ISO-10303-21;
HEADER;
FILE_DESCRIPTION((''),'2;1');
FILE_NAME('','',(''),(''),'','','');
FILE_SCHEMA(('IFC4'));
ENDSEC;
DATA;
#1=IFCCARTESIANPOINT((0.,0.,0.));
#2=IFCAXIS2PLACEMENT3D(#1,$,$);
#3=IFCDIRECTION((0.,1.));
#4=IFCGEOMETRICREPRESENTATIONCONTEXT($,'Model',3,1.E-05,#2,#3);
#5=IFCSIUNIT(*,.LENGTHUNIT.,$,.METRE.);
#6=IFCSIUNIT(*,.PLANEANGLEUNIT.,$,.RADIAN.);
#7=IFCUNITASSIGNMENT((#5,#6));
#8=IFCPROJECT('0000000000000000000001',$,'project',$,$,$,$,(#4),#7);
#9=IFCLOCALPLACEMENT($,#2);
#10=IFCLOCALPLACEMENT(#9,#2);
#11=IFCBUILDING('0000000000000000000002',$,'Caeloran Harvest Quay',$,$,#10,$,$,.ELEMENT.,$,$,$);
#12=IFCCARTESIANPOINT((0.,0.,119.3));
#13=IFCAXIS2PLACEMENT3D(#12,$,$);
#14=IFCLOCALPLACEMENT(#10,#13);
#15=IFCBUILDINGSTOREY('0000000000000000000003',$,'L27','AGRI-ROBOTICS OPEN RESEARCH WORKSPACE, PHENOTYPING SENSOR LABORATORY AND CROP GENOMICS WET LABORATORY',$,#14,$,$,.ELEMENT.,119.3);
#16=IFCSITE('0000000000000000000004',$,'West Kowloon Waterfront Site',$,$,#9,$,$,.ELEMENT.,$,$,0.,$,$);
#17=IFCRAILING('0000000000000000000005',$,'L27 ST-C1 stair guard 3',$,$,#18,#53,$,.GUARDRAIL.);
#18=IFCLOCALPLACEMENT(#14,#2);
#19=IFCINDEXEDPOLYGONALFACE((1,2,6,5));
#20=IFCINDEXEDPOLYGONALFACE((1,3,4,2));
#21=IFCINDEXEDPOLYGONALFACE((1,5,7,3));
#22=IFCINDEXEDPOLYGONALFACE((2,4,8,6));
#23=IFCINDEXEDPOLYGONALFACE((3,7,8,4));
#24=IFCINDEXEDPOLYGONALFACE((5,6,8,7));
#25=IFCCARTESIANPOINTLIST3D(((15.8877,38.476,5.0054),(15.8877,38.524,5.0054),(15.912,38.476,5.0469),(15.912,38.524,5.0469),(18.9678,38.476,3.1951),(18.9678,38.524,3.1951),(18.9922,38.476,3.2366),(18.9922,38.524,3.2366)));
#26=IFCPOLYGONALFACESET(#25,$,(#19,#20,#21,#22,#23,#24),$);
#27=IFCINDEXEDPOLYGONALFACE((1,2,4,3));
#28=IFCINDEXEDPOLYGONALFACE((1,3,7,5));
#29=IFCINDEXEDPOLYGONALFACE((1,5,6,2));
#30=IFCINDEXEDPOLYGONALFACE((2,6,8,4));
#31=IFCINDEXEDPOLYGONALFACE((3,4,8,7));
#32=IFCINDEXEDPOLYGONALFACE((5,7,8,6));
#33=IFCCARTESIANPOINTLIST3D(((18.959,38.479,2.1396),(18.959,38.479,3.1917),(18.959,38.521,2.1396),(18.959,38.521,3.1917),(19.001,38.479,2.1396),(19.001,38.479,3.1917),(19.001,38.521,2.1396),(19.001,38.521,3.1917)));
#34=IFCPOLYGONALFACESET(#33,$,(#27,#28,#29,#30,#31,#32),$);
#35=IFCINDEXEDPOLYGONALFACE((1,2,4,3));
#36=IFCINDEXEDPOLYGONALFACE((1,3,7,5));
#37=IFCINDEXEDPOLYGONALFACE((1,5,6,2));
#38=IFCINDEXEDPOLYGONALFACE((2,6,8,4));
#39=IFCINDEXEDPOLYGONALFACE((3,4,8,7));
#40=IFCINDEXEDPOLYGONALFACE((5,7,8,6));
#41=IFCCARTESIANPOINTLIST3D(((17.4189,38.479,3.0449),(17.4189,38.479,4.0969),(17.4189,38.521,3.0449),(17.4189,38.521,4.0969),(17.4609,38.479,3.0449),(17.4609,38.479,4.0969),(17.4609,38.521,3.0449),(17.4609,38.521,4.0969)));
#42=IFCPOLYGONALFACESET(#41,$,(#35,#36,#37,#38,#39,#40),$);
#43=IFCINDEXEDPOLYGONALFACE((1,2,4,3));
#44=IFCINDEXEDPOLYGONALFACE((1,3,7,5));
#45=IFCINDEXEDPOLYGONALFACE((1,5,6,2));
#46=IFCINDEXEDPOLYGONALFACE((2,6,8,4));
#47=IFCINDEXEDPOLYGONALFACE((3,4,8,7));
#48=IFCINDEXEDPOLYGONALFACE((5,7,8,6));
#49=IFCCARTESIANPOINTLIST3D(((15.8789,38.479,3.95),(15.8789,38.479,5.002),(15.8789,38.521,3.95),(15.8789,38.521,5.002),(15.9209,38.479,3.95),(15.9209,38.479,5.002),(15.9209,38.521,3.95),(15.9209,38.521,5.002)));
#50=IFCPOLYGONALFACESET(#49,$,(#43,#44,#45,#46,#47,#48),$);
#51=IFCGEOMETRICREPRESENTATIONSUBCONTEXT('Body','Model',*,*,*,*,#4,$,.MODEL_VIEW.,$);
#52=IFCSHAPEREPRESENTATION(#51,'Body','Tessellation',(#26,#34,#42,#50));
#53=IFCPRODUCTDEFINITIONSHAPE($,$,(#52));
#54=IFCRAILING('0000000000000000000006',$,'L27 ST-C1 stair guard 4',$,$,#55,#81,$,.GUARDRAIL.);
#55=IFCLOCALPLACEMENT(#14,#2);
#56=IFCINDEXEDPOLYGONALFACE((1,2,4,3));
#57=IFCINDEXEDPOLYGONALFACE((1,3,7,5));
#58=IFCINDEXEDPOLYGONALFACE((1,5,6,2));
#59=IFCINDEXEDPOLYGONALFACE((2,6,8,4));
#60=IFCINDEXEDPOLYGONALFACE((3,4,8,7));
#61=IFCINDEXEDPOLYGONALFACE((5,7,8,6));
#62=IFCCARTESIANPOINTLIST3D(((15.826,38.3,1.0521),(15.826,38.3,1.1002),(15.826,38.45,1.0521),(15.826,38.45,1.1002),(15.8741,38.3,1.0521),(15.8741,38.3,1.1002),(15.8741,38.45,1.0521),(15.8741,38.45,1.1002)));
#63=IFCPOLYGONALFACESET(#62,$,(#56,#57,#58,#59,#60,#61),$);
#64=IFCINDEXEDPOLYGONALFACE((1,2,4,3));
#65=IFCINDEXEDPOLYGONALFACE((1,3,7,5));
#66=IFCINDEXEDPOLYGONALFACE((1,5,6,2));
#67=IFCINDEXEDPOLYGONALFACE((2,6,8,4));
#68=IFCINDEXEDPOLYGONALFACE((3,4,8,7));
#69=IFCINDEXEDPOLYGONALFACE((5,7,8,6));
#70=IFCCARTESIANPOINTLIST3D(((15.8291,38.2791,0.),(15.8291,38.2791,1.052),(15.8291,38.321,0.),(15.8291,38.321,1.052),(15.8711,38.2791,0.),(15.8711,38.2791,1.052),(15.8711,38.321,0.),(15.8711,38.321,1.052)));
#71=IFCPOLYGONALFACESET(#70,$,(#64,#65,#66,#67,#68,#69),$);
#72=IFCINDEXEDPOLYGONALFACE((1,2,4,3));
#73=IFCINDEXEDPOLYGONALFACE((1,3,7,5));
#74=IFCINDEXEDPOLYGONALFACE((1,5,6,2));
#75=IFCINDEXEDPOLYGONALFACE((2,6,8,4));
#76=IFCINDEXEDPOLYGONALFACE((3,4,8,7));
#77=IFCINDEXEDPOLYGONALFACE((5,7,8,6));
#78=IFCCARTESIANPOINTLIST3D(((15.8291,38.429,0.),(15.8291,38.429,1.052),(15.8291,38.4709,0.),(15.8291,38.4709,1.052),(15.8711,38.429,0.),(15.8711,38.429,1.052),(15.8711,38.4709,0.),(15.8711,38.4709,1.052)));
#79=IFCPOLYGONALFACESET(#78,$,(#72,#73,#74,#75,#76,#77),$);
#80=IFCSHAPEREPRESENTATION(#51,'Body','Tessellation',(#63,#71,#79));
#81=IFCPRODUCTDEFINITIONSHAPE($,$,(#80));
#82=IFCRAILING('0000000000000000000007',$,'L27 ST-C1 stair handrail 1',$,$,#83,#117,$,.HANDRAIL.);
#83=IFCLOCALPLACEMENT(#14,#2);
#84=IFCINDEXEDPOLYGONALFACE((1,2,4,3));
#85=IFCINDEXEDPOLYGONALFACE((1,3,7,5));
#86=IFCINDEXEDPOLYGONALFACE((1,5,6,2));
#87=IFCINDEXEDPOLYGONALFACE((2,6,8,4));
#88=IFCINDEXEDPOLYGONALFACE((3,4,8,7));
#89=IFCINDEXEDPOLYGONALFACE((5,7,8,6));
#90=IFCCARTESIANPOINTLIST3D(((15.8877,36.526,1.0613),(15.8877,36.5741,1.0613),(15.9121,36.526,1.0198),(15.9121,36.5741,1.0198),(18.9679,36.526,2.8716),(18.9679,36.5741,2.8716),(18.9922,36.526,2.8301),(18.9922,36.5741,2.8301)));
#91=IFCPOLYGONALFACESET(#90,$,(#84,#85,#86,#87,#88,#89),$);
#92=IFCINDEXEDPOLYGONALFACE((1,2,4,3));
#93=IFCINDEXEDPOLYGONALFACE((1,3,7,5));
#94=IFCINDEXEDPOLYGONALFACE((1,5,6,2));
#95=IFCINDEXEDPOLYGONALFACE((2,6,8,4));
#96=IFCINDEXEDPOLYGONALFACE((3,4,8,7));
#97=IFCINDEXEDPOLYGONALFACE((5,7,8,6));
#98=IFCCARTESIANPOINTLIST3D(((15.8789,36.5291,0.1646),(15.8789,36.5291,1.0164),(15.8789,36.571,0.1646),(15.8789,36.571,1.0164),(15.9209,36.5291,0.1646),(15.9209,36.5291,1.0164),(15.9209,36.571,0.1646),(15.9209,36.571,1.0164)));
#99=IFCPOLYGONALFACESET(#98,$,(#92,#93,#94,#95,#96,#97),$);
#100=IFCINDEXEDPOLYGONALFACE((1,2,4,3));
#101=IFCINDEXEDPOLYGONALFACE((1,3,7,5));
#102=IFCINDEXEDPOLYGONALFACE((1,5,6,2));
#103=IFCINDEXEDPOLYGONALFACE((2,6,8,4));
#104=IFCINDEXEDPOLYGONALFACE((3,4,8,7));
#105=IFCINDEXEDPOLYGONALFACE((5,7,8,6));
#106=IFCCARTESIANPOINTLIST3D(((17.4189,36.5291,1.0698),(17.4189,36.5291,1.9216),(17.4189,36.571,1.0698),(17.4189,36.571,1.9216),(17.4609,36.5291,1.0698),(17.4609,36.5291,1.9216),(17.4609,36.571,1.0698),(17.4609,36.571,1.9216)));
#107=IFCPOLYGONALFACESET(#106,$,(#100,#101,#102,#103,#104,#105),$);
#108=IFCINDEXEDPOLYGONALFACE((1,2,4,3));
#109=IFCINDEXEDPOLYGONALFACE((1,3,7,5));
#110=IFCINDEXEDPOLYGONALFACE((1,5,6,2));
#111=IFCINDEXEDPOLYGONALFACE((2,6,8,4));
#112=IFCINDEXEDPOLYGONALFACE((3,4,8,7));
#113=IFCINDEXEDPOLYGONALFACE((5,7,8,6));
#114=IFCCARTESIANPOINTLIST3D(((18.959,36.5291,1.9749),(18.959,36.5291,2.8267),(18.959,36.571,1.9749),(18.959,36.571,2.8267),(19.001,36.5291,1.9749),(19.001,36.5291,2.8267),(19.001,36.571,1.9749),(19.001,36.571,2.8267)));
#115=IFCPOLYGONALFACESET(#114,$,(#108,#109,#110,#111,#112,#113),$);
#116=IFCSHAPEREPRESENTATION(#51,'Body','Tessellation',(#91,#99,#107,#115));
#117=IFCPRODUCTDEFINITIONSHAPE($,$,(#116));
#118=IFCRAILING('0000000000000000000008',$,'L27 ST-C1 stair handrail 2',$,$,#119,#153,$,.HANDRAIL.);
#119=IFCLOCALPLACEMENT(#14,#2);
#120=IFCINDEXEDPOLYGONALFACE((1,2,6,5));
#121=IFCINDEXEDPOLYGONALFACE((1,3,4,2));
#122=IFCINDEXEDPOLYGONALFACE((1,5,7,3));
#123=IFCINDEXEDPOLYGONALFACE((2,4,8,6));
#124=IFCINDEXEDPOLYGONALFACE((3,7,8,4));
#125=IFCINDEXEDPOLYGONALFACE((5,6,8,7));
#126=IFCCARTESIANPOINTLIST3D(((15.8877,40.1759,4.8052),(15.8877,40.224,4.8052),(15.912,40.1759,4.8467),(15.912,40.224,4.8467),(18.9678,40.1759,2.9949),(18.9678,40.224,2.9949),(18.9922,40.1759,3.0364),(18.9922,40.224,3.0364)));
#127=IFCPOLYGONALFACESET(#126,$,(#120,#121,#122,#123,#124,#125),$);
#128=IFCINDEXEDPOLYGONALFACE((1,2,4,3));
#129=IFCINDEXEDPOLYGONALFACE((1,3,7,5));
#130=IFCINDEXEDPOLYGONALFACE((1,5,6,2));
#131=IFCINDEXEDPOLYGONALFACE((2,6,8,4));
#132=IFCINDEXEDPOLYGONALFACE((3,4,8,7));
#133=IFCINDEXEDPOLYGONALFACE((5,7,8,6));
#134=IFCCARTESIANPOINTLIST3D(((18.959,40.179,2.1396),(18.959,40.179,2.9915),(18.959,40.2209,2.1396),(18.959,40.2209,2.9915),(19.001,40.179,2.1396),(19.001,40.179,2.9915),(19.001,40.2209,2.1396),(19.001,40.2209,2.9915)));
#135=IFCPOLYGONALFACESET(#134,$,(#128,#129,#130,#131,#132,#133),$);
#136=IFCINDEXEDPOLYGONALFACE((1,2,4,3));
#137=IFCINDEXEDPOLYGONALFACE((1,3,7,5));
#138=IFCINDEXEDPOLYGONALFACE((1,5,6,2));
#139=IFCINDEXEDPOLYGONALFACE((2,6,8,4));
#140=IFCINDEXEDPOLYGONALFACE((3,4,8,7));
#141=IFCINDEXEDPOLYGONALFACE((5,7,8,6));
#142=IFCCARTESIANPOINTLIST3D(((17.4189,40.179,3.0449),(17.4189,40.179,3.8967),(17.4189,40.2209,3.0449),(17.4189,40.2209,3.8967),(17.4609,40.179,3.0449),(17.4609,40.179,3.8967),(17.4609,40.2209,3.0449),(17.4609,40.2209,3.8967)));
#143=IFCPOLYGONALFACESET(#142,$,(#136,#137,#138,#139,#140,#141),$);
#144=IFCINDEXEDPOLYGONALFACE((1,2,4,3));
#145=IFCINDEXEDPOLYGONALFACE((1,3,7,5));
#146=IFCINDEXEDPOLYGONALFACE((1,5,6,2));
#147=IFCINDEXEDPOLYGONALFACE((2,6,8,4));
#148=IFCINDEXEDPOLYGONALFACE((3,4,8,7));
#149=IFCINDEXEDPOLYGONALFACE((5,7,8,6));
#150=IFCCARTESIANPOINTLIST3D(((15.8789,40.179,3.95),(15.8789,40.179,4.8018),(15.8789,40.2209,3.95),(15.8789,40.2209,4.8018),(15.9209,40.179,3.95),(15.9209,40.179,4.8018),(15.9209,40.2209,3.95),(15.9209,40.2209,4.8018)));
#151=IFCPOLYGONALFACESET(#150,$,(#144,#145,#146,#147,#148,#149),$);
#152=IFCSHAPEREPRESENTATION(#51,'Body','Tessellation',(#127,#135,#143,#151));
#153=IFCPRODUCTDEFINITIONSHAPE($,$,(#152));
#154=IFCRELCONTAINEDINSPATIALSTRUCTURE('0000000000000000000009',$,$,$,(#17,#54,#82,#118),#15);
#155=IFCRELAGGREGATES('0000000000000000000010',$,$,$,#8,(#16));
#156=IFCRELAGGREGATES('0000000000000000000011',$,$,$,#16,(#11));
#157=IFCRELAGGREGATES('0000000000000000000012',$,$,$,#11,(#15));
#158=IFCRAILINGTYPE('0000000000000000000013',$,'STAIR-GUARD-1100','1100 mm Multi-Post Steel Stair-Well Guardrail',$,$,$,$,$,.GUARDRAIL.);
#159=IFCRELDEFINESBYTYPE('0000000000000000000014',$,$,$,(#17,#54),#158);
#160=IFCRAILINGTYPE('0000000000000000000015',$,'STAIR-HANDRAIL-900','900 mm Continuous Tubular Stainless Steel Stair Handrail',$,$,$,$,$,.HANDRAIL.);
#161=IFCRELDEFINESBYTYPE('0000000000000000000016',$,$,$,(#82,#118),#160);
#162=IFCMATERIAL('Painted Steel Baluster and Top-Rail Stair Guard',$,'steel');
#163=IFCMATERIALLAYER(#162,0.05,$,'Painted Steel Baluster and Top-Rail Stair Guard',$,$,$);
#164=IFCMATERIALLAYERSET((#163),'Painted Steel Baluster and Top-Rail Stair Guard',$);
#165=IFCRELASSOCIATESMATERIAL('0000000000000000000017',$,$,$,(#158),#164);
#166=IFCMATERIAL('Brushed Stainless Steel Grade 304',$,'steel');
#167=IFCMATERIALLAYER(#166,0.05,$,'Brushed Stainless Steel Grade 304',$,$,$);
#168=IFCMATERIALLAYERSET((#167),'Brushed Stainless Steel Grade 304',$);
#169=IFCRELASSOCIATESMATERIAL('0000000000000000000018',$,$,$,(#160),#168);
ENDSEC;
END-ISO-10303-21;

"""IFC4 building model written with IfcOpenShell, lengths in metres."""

from ifc_helpers import new_model, si_unit, direction, frame, origin, origin_2d, place, context, subcontext, project, spatial, rectangle, extrude, material, layer, layer_set, type_object, element, save


model = new_model("IFC4")

# Units and contexts
model_context = context("Model", 3, precision=1e-05, world=origin(), true_north=direction((0.0, 1.0)))
body_context = subcontext(model_context, "Body", "Model", "MODEL_VIEW")
ifc_project = project(units=[si_unit("LENGTHUNIT", "METRE"), si_unit("PLANEANGLEUNIT", "RADIAN")], contexts=[model_context])

# Site, building, storey
site_placement = place(None, origin())
site = spatial("IfcSite", under=ifc_project, at=site_placement, Name="West Kowloon Waterfront Site", CompositionType="ELEMENT", RefElevation=0.0)
building_placement = place(site_placement, origin())
building = spatial("IfcBuilding", under=site, at=building_placement, Name="Caeloran Harvest Quay", CompositionType="ELEMENT")
storey_placement = place(building_placement, frame((0.0, 0.0, 119.3)))
storey = spatial("IfcBuildingStorey", under=building, at=storey_placement, Name="L27", Description="AGRI-ROBOTICS OPEN RESEARCH WORKSPACE, PHENOTYPING SENSOR LABORATORY AND CROP GENOMICS WET LABORATORY", CompositionType="ELEMENT", Elevation=119.3)

# Railings
ifc_material_1 = material(Name="Painted Steel Baluster and Top-Rail Stair Guard", Category="steel")
ifc_layer_1 = layer(ifc_material_1, 0.05, Name="Painted Steel Baluster and Top-Rail Stair Guard")
ifc_layer_set_1 = layer_set([ifc_layer_1], Name="Painted Steel Baluster and Top-Rail Stair Guard")
railing_type_1 = type_object("IfcRailingType", Name="STAIR-GUARD-1100", Description="1100 mm Multi-Post Steel Stair-Well Guardrail", PredefinedType="GUARDRAIL", material=ifc_layer_set_1)
railing_1_placement = place(storey_placement, frame((18.98, 38.5, 2.1396)))
element("IfcRailing", 1, at=railing_1_placement, inside=storey, type_object=railing_type_1, Name="L27 ST-C1 stair guard 3", PredefinedType="GUARDRAIL", context=body_context, shape_type="SweptSolid", body=[
    extrude(rectangle(XDim=0.0481, YDim=0.0481, at=origin_2d()), frame((0.0, 0.0, 1.0762), z_axis=(-0.862119, 0.0, 0.506707), x_axis=(0.0, -1.0, 0.0)), (0.0, 0.0, 1.0), 3.5728),
    extrude(rectangle(XDim=0.042, YDim=0.042, at=origin_2d()), origin(), (0.0, 0.0, 1.0), 1.052),
    extrude(rectangle(XDim=0.042, YDim=0.042, at=origin_2d()), frame((-1.54, 0.0, 0.9053)), (0.0, 0.0, 1.0), 1.052),
    extrude(rectangle(XDim=0.042, YDim=0.042, at=origin_2d()), frame((-3.0801, 0.0, 1.8103)), (0.0, 0.0, 1.0), 1.052),
])
railing_2_placement = place(storey_placement, frame((15.8501, 38.3, 0.0)))
element("IfcRailing", 2, at=railing_2_placement, inside=storey, type_object=railing_type_1, Name="L27 ST-C1 stair guard 4", PredefinedType="GUARDRAIL", context=body_context, shape_type="SweptSolid", body=[
    extrude(rectangle(XDim=0.0481, YDim=0.0481, at=origin_2d()), frame((0.0, 0.0, 1.0762), z_axis=(0.0, 1.0, 0.0), x_axis=(-1.0, 0.0, 0.0)), (0.0, 0.0, 1.0), 0.1499),
    extrude(rectangle(XDim=0.042, YDim=0.042, at=origin_2d()), origin(), (0.0, 0.0, 1.0), 1.052),
    extrude(rectangle(XDim=0.042, YDim=0.042, at=origin_2d()), frame((0.0, 0.1499, 0.0)), (0.0, 0.0, 1.0), 1.052),
])
ifc_material_2 = material(Name="Brushed Stainless Steel Grade 304", Category="steel")
ifc_layer_2 = layer(ifc_material_2, 0.05, Name="Brushed Stainless Steel Grade 304")
ifc_layer_set_2 = layer_set([ifc_layer_2], Name="Brushed Stainless Steel Grade 304")
railing_type_2 = type_object("IfcRailingType", Name="STAIR-HANDRAIL-900", Description="900 mm Continuous Tubular Stainless Steel Stair Handrail", PredefinedType="HANDRAIL", material=ifc_layer_set_2)
railing_3_placement = place(storey_placement, frame((15.8999, 36.55, 0.1646)))
element("IfcRailing", 3, at=railing_3_placement, inside=storey, type_object=railing_type_2, Name="L27 ST-C1 stair handrail 1", PredefinedType="HANDRAIL", context=body_context, shape_type="SweptSolid", body=[
    extrude(rectangle(XDim=0.0481, YDim=0.0481, at=origin_2d()), frame((0.0, 0.0, 0.876), z_axis=(0.862119, 0.0, 0.506707), x_axis=(0.0, 1.0, 0.0)), (0.0, 0.0, 1.0), 3.5728),
    extrude(rectangle(XDim=0.042, YDim=0.042, at=origin_2d()), origin(), (0.0, 0.0, 1.0), 0.8518),
    extrude(rectangle(XDim=0.042, YDim=0.042, at=origin_2d()), frame((1.54, 0.0, 0.9053)), (0.0, 0.0, 1.0), 0.8518),
    extrude(rectangle(XDim=0.042, YDim=0.042, at=origin_2d()), frame((3.0801, 0.0, 1.8103)), (0.0, 0.0, 1.0), 0.8518),
])
railing_4_placement = place(storey_placement, frame((18.98, 40.2, 2.1396)))
element("IfcRailing", 4, at=railing_4_placement, inside=storey, type_object=railing_type_2, Name="L27 ST-C1 stair handrail 2", PredefinedType="HANDRAIL", context=body_context, shape_type="SweptSolid", body=[
    extrude(rectangle(XDim=0.0481, YDim=0.0481, at=origin_2d()), frame((0.0, 0.0, 0.876), z_axis=(-0.862119, 0.0, 0.506707), x_axis=(0.0, -1.0, 0.0)), (0.0, 0.0, 1.0), 3.5728),
    extrude(rectangle(XDim=0.042, YDim=0.042, at=origin_2d()), origin(), (0.0, 0.0, 1.0), 0.8518),
    extrude(rectangle(XDim=0.042, YDim=0.042, at=origin_2d()), frame((-1.54, 0.0, 0.9053)), (0.0, 0.0, 1.0), 0.8518),
    extrude(rectangle(XDim=0.042, YDim=0.042, at=origin_2d()), frame((-3.0801, 0.0, 1.8103)), (0.0, 0.0, 1.0), 0.8518),
])

save(model, "model.ifc")
